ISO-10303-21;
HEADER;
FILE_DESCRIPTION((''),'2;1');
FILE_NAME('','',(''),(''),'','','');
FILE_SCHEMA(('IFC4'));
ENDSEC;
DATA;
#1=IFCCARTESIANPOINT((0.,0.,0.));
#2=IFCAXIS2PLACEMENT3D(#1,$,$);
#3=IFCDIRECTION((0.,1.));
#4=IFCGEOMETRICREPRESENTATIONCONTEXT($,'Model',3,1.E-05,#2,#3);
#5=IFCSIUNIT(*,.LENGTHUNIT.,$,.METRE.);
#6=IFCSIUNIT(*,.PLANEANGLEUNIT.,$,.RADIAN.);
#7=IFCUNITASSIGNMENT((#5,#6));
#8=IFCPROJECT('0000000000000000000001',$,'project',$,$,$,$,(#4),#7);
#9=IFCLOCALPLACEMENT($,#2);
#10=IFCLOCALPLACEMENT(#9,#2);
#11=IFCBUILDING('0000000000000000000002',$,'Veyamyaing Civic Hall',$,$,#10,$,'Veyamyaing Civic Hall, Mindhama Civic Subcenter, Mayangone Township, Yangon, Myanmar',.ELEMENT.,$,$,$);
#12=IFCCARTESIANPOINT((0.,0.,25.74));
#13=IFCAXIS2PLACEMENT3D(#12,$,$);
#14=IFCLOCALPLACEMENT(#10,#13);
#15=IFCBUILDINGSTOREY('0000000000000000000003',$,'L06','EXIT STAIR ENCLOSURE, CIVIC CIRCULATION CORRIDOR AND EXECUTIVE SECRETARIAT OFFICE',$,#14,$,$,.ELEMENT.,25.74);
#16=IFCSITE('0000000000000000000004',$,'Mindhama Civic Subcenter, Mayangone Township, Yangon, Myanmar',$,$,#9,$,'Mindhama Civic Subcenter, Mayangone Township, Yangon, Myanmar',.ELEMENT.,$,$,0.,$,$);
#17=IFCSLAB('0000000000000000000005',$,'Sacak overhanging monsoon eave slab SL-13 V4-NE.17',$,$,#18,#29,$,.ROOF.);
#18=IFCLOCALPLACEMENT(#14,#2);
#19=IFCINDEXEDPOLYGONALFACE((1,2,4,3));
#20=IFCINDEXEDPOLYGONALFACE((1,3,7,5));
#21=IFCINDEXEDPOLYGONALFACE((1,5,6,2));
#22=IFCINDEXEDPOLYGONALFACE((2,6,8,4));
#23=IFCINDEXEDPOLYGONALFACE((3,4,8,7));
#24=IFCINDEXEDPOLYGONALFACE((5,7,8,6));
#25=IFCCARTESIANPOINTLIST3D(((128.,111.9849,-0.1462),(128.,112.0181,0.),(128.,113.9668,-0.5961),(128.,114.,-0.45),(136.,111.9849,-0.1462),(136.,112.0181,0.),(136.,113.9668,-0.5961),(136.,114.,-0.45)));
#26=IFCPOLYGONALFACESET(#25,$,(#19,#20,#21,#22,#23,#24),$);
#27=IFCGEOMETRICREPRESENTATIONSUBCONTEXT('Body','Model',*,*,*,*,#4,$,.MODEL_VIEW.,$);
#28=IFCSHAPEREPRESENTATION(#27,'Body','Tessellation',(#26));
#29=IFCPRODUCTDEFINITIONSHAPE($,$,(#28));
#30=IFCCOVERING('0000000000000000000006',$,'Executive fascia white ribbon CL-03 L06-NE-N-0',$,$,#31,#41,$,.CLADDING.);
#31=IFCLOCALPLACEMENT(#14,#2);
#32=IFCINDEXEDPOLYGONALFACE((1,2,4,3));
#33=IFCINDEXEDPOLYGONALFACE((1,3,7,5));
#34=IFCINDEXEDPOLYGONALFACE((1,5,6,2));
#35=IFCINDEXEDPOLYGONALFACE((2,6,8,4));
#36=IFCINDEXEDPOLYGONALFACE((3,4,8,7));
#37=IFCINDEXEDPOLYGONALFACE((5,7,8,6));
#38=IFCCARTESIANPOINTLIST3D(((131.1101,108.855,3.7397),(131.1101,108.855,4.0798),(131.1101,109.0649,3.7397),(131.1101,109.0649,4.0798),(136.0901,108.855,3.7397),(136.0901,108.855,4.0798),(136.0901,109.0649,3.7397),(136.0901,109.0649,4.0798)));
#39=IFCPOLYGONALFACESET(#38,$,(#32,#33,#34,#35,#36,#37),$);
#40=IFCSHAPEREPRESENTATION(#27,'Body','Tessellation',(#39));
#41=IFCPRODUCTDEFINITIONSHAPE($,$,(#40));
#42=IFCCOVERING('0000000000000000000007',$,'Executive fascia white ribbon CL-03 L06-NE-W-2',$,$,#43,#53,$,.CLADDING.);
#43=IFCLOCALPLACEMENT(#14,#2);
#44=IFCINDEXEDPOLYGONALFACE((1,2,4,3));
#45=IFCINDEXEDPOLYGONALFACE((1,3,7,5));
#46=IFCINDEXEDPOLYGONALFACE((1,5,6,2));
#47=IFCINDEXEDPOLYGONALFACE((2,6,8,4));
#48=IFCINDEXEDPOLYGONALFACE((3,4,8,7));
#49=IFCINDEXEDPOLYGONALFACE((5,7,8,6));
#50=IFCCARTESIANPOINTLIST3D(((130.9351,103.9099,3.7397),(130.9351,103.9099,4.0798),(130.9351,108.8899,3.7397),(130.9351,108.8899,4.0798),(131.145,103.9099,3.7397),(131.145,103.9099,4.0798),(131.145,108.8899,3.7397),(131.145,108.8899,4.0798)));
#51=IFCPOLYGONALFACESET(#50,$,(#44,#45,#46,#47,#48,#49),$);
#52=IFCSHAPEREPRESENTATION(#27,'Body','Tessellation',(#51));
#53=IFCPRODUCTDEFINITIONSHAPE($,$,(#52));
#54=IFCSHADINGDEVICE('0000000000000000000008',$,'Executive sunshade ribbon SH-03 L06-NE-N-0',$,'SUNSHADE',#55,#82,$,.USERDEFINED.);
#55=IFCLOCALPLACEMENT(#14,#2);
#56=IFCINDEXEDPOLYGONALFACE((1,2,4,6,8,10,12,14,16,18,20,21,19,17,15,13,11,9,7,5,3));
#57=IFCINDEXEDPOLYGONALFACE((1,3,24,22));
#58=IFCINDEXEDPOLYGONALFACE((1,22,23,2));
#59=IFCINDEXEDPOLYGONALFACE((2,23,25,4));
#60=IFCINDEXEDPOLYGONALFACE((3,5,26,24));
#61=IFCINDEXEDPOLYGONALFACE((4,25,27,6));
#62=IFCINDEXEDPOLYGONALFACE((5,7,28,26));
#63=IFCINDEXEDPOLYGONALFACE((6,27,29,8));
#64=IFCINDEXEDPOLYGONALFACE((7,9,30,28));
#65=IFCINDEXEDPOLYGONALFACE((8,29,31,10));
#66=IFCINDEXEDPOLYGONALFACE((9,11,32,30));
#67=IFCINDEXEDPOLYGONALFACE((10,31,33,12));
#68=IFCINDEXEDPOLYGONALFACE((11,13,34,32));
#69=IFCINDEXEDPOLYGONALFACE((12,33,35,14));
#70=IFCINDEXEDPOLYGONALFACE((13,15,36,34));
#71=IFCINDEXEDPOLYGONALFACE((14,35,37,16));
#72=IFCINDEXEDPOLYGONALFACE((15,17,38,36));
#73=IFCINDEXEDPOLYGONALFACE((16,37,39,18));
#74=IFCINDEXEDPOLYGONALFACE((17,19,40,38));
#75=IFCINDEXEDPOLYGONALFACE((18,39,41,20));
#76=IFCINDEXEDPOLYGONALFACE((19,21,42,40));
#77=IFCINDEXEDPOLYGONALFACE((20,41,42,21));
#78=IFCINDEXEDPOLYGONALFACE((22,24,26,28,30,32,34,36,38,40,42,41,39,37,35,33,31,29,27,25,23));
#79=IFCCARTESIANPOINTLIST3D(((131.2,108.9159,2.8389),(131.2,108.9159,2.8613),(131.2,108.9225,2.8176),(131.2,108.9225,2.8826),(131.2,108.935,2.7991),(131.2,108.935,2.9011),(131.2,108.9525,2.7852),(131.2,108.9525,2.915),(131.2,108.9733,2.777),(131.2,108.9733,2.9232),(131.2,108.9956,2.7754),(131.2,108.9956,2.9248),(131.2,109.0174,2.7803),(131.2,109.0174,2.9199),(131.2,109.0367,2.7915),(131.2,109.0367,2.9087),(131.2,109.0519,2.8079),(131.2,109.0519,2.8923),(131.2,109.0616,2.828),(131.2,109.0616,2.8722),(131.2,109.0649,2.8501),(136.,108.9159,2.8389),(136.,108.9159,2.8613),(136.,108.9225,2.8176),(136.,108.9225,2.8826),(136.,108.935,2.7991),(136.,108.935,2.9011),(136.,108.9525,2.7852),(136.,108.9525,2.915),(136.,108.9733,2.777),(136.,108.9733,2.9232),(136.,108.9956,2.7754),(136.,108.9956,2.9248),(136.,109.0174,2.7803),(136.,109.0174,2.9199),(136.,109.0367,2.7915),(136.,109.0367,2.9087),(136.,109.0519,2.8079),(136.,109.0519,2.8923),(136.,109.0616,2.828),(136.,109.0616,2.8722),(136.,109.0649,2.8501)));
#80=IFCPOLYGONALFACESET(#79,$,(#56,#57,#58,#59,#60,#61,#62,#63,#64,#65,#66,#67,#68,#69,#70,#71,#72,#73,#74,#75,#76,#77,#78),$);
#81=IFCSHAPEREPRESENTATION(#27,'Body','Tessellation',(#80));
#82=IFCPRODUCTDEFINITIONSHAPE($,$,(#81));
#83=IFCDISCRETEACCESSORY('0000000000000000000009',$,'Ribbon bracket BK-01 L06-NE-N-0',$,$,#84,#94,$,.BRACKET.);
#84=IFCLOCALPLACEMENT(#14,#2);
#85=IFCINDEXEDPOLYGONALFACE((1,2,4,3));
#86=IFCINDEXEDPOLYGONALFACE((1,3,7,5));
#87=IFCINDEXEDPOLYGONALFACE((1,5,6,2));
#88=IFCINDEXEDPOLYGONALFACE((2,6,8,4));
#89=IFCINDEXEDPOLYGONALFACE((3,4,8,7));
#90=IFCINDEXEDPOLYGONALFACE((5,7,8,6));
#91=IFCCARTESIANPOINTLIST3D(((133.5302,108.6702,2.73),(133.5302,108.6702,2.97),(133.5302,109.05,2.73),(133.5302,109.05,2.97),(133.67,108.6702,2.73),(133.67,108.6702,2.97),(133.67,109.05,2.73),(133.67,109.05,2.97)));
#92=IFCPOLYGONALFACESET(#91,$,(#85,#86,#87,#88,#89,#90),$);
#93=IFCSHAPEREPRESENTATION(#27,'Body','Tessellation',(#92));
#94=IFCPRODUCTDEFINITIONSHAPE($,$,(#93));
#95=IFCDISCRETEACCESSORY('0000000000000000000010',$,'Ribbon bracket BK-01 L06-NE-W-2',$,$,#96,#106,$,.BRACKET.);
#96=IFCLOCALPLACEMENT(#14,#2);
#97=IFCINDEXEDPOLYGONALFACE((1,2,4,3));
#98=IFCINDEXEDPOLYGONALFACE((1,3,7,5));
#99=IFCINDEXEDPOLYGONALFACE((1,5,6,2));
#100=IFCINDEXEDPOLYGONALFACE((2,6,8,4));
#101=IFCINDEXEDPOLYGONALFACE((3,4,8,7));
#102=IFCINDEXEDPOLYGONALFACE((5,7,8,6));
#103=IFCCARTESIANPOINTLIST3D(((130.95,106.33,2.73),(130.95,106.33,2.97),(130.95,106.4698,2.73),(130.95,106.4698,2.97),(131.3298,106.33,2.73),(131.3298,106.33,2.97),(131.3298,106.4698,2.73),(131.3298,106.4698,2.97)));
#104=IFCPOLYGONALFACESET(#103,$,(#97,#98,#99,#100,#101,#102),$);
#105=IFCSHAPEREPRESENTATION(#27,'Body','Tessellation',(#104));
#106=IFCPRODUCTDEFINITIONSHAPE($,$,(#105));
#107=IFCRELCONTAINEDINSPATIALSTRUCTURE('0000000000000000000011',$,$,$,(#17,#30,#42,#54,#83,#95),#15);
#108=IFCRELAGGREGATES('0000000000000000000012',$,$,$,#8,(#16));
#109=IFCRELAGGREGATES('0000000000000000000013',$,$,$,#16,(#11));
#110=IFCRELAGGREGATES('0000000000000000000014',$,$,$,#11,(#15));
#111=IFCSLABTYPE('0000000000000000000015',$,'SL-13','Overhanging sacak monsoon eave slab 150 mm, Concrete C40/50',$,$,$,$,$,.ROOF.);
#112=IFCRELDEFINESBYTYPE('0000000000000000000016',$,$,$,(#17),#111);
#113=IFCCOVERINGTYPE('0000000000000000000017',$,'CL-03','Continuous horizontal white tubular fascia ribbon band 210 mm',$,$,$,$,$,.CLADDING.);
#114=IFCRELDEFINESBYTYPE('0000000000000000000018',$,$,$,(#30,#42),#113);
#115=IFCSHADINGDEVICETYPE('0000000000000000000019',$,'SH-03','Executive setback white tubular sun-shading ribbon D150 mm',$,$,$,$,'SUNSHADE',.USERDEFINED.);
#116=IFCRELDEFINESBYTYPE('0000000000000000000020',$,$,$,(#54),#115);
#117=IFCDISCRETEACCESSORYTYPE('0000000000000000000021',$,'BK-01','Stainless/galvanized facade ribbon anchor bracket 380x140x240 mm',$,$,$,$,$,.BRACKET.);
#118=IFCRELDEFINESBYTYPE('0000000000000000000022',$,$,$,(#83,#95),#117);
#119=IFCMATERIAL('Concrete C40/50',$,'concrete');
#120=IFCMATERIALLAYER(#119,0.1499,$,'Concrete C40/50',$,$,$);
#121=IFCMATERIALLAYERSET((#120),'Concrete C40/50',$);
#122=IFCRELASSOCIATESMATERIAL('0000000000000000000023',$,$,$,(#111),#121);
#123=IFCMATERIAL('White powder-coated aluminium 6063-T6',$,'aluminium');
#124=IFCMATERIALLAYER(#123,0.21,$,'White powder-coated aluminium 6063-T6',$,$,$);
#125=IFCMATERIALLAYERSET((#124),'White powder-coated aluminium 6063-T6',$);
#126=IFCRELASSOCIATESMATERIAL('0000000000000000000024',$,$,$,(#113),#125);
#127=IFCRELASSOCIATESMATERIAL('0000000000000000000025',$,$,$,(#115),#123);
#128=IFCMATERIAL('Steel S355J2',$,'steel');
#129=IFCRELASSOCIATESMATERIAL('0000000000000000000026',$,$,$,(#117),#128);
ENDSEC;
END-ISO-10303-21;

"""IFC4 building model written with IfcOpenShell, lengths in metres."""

from ifc_helpers import new_model, si_unit, direction, frame, origin, origin_2d, place, context, subcontext, project, spatial, polyline, rectangle, circle, outline, extrude, material, layer, layer_set, material_profile, profile_set, type_object, element, save


model = new_model("IFC4")

# Units and contexts
model_context = context("Model", 3, precision=1e-05, world=origin(), true_north=direction((0.0, 1.0)))
body_context = subcontext(model_context, "Body", "Model", "MODEL_VIEW")
ifc_project = project(units=[si_unit("LENGTHUNIT", "METRE"), si_unit("PLANEANGLEUNIT", "RADIAN")], contexts=[model_context])

# Site, building, storey
site_placement = place(None, origin())
site = spatial("IfcSite", under=ifc_project, at=site_placement, Name="Mindhama Civic Subcenter, Mayangone Township, Yangon, Myanmar", LongName="Mindhama Civic Subcenter, Mayangone Township, Yangon, Myanmar", CompositionType="ELEMENT", RefElevation=0.0)
building_placement = place(site_placement, origin())
building = spatial("IfcBuilding", under=site, at=building_placement, Name="Veyamyaing Civic Hall", LongName="Veyamyaing Civic Hall, Mindhama Civic Subcenter, Mayangone Township, Yangon, Myanmar", CompositionType="ELEMENT")
storey_placement = place(building_placement, frame((0.0, 0.0, 25.74)))
storey = spatial("IfcBuildingStorey", under=building, at=storey_placement, Name="L06", Description="EXIT STAIR ENCLOSURE, CIVIC CIRCULATION CORRIDOR AND EXECUTIVE SECRETARIAT OFFICE", CompositionType="ELEMENT", Elevation=25.74)

# Slab
ifc_material_1 = material(Name="Concrete C40/50", Category="concrete")
ifc_layer_1 = layer(ifc_material_1, 0.1499, Name="Concrete C40/50")
ifc_layer_set_1 = layer_set([ifc_layer_1], Name="Concrete C40/50")
slab_type = type_object("IfcSlabType", Name="SL-13", Description="Overhanging sacak monsoon eave slab 150 mm, Concrete C40/50", PredefinedType="ROOF", material=ifc_layer_set_1)
slab_placement = place(storey_placement, frame((128.0, 112.0181, 0.0), z_axis=(0.0, 0.221393, 0.975185), x_axis=(1.0, 0.0, 0.0)))
element("IfcSlab", 1, at=slab_placement, inside=storey, type_object=slab_type, Name="Sacak overhanging monsoon eave slab SL-13 V4-NE.17", PredefinedType="ROOF", context=body_context, shape_type="SweptSolid", body=[
    extrude(outline(polyline([(0.0, 0.0), (8.0, 0.0), (8.0, 2.0324), (0.0, 2.0324), (0.0, 0.0)])), origin(), (0.0, 0.0, -1.0), 0.1499),
])

# Coverings
ifc_material_2 = material(Name="White powder-coated aluminium 6063-T6", Category="aluminium")
ifc_layer_2 = layer(ifc_material_2, 0.21, Name="White powder-coated aluminium 6063-T6")
ifc_layer_set_2 = layer_set([ifc_layer_2], Name="White powder-coated aluminium 6063-T6")
covering_type = type_object("IfcCoveringType", Name="CL-03", Description="Continuous horizontal white tubular fascia ribbon band 210 mm", PredefinedType="CLADDING", material=ifc_layer_set_2)
for number, where, z_axis, x_axis, name in (
    (2, (133.6001, 108.96, 3.7397), (0.0, 0.0, 1.0), (1.0, 0.0, 0.0), "Executive fascia white ribbon CL-03 L06-NE-N-0"),
    (3, (131.04, 106.3999, 3.7397), (0.0, 0.0, 1.0), (0.0, 1.0, 0.0), "Executive fascia white ribbon CL-03 L06-NE-W-2"),
):
    element("IfcCovering", number, at=place(storey_placement, frame(where, z_axis=z_axis, x_axis=x_axis)), inside=storey, type_object=covering_type, Name=name, PredefinedType="CLADDING", context=body_context, shape_type="SweptSolid", body=[
        extrude(rectangle(XDim=4.98, YDim=0.21, at=origin_2d()), origin(), (0.0, 0.0, 1.0), 0.3401),
    ])

# Shared definitions
ifc_material_3 = material(Name="Steel S355J2", Category="steel")

# Shading device
ifc_material_profile_1 = material_profile(ifc_material_2, circle(Radius=0.075, at=origin_2d()), Name="SHADE-TUBE-150")
ifc_profile_set_1 = profile_set([ifc_material_profile_1], Name="White powder-coated aluminium 6063-T6")
shading_device_type = type_object("IfcShadingDeviceType", Name="SH-03", Description="Executive setback white tubular sun-shading ribbon D150 mm", ElementType="SUNSHADE", PredefinedType="USERDEFINED", material=ifc_profile_set_1)
shading_device_placement = place(storey_placement, frame((131.2, 108.99, 2.8501), z_axis=(1.0, 0.0, 0.0), x_axis=(0.0, 1.0, 0.0)))
element("IfcShadingDevice", 4, at=shading_device_placement, inside=storey, type_object=shading_device_type, Name="Executive sunshade ribbon SH-03 L06-NE-N-0", ObjectType="SUNSHADE", PredefinedType="USERDEFINED", context=body_context, shape_type="SweptSolid", body=[
    extrude(circle(Radius=0.075, at=origin_2d()), origin(), (0.0, 0.0, 1.0), 4.8),
])

# Discrete accessories
discrete_accessory_type = type_object("IfcDiscreteAccessoryType", Name="BK-01", Description="Stainless/galvanized facade ribbon anchor bracket 380x140x240 mm", PredefinedType="BRACKET", material=ifc_material_3)
for number, where, z_axis, x_axis, name in (
    (5, (133.6001, 108.8601, 2.73), (0.0, 0.0, 1.0), (0.0, 1.0, 0.0), "Ribbon bracket BK-01 L06-NE-N-0"),
    (6, (131.1399, 106.3999, 2.73), (0.0, 0.0, 1.0), (-1.0, 0.0, 0.0), "Ribbon bracket BK-01 L06-NE-W-2"),
):
    element("IfcDiscreteAccessory", number, at=place(storey_placement, frame(where, z_axis=z_axis, x_axis=x_axis)), inside=storey, type_object=discrete_accessory_type, Name=name, PredefinedType="BRACKET", context=body_context, shape_type="SweptSolid", body=[
        extrude(rectangle(XDim=0.3799, YDim=0.1399, at=origin_2d()), origin(), (0.0, 0.0, 1.0), 0.24),
    ])

save(model, "model.ifc")
